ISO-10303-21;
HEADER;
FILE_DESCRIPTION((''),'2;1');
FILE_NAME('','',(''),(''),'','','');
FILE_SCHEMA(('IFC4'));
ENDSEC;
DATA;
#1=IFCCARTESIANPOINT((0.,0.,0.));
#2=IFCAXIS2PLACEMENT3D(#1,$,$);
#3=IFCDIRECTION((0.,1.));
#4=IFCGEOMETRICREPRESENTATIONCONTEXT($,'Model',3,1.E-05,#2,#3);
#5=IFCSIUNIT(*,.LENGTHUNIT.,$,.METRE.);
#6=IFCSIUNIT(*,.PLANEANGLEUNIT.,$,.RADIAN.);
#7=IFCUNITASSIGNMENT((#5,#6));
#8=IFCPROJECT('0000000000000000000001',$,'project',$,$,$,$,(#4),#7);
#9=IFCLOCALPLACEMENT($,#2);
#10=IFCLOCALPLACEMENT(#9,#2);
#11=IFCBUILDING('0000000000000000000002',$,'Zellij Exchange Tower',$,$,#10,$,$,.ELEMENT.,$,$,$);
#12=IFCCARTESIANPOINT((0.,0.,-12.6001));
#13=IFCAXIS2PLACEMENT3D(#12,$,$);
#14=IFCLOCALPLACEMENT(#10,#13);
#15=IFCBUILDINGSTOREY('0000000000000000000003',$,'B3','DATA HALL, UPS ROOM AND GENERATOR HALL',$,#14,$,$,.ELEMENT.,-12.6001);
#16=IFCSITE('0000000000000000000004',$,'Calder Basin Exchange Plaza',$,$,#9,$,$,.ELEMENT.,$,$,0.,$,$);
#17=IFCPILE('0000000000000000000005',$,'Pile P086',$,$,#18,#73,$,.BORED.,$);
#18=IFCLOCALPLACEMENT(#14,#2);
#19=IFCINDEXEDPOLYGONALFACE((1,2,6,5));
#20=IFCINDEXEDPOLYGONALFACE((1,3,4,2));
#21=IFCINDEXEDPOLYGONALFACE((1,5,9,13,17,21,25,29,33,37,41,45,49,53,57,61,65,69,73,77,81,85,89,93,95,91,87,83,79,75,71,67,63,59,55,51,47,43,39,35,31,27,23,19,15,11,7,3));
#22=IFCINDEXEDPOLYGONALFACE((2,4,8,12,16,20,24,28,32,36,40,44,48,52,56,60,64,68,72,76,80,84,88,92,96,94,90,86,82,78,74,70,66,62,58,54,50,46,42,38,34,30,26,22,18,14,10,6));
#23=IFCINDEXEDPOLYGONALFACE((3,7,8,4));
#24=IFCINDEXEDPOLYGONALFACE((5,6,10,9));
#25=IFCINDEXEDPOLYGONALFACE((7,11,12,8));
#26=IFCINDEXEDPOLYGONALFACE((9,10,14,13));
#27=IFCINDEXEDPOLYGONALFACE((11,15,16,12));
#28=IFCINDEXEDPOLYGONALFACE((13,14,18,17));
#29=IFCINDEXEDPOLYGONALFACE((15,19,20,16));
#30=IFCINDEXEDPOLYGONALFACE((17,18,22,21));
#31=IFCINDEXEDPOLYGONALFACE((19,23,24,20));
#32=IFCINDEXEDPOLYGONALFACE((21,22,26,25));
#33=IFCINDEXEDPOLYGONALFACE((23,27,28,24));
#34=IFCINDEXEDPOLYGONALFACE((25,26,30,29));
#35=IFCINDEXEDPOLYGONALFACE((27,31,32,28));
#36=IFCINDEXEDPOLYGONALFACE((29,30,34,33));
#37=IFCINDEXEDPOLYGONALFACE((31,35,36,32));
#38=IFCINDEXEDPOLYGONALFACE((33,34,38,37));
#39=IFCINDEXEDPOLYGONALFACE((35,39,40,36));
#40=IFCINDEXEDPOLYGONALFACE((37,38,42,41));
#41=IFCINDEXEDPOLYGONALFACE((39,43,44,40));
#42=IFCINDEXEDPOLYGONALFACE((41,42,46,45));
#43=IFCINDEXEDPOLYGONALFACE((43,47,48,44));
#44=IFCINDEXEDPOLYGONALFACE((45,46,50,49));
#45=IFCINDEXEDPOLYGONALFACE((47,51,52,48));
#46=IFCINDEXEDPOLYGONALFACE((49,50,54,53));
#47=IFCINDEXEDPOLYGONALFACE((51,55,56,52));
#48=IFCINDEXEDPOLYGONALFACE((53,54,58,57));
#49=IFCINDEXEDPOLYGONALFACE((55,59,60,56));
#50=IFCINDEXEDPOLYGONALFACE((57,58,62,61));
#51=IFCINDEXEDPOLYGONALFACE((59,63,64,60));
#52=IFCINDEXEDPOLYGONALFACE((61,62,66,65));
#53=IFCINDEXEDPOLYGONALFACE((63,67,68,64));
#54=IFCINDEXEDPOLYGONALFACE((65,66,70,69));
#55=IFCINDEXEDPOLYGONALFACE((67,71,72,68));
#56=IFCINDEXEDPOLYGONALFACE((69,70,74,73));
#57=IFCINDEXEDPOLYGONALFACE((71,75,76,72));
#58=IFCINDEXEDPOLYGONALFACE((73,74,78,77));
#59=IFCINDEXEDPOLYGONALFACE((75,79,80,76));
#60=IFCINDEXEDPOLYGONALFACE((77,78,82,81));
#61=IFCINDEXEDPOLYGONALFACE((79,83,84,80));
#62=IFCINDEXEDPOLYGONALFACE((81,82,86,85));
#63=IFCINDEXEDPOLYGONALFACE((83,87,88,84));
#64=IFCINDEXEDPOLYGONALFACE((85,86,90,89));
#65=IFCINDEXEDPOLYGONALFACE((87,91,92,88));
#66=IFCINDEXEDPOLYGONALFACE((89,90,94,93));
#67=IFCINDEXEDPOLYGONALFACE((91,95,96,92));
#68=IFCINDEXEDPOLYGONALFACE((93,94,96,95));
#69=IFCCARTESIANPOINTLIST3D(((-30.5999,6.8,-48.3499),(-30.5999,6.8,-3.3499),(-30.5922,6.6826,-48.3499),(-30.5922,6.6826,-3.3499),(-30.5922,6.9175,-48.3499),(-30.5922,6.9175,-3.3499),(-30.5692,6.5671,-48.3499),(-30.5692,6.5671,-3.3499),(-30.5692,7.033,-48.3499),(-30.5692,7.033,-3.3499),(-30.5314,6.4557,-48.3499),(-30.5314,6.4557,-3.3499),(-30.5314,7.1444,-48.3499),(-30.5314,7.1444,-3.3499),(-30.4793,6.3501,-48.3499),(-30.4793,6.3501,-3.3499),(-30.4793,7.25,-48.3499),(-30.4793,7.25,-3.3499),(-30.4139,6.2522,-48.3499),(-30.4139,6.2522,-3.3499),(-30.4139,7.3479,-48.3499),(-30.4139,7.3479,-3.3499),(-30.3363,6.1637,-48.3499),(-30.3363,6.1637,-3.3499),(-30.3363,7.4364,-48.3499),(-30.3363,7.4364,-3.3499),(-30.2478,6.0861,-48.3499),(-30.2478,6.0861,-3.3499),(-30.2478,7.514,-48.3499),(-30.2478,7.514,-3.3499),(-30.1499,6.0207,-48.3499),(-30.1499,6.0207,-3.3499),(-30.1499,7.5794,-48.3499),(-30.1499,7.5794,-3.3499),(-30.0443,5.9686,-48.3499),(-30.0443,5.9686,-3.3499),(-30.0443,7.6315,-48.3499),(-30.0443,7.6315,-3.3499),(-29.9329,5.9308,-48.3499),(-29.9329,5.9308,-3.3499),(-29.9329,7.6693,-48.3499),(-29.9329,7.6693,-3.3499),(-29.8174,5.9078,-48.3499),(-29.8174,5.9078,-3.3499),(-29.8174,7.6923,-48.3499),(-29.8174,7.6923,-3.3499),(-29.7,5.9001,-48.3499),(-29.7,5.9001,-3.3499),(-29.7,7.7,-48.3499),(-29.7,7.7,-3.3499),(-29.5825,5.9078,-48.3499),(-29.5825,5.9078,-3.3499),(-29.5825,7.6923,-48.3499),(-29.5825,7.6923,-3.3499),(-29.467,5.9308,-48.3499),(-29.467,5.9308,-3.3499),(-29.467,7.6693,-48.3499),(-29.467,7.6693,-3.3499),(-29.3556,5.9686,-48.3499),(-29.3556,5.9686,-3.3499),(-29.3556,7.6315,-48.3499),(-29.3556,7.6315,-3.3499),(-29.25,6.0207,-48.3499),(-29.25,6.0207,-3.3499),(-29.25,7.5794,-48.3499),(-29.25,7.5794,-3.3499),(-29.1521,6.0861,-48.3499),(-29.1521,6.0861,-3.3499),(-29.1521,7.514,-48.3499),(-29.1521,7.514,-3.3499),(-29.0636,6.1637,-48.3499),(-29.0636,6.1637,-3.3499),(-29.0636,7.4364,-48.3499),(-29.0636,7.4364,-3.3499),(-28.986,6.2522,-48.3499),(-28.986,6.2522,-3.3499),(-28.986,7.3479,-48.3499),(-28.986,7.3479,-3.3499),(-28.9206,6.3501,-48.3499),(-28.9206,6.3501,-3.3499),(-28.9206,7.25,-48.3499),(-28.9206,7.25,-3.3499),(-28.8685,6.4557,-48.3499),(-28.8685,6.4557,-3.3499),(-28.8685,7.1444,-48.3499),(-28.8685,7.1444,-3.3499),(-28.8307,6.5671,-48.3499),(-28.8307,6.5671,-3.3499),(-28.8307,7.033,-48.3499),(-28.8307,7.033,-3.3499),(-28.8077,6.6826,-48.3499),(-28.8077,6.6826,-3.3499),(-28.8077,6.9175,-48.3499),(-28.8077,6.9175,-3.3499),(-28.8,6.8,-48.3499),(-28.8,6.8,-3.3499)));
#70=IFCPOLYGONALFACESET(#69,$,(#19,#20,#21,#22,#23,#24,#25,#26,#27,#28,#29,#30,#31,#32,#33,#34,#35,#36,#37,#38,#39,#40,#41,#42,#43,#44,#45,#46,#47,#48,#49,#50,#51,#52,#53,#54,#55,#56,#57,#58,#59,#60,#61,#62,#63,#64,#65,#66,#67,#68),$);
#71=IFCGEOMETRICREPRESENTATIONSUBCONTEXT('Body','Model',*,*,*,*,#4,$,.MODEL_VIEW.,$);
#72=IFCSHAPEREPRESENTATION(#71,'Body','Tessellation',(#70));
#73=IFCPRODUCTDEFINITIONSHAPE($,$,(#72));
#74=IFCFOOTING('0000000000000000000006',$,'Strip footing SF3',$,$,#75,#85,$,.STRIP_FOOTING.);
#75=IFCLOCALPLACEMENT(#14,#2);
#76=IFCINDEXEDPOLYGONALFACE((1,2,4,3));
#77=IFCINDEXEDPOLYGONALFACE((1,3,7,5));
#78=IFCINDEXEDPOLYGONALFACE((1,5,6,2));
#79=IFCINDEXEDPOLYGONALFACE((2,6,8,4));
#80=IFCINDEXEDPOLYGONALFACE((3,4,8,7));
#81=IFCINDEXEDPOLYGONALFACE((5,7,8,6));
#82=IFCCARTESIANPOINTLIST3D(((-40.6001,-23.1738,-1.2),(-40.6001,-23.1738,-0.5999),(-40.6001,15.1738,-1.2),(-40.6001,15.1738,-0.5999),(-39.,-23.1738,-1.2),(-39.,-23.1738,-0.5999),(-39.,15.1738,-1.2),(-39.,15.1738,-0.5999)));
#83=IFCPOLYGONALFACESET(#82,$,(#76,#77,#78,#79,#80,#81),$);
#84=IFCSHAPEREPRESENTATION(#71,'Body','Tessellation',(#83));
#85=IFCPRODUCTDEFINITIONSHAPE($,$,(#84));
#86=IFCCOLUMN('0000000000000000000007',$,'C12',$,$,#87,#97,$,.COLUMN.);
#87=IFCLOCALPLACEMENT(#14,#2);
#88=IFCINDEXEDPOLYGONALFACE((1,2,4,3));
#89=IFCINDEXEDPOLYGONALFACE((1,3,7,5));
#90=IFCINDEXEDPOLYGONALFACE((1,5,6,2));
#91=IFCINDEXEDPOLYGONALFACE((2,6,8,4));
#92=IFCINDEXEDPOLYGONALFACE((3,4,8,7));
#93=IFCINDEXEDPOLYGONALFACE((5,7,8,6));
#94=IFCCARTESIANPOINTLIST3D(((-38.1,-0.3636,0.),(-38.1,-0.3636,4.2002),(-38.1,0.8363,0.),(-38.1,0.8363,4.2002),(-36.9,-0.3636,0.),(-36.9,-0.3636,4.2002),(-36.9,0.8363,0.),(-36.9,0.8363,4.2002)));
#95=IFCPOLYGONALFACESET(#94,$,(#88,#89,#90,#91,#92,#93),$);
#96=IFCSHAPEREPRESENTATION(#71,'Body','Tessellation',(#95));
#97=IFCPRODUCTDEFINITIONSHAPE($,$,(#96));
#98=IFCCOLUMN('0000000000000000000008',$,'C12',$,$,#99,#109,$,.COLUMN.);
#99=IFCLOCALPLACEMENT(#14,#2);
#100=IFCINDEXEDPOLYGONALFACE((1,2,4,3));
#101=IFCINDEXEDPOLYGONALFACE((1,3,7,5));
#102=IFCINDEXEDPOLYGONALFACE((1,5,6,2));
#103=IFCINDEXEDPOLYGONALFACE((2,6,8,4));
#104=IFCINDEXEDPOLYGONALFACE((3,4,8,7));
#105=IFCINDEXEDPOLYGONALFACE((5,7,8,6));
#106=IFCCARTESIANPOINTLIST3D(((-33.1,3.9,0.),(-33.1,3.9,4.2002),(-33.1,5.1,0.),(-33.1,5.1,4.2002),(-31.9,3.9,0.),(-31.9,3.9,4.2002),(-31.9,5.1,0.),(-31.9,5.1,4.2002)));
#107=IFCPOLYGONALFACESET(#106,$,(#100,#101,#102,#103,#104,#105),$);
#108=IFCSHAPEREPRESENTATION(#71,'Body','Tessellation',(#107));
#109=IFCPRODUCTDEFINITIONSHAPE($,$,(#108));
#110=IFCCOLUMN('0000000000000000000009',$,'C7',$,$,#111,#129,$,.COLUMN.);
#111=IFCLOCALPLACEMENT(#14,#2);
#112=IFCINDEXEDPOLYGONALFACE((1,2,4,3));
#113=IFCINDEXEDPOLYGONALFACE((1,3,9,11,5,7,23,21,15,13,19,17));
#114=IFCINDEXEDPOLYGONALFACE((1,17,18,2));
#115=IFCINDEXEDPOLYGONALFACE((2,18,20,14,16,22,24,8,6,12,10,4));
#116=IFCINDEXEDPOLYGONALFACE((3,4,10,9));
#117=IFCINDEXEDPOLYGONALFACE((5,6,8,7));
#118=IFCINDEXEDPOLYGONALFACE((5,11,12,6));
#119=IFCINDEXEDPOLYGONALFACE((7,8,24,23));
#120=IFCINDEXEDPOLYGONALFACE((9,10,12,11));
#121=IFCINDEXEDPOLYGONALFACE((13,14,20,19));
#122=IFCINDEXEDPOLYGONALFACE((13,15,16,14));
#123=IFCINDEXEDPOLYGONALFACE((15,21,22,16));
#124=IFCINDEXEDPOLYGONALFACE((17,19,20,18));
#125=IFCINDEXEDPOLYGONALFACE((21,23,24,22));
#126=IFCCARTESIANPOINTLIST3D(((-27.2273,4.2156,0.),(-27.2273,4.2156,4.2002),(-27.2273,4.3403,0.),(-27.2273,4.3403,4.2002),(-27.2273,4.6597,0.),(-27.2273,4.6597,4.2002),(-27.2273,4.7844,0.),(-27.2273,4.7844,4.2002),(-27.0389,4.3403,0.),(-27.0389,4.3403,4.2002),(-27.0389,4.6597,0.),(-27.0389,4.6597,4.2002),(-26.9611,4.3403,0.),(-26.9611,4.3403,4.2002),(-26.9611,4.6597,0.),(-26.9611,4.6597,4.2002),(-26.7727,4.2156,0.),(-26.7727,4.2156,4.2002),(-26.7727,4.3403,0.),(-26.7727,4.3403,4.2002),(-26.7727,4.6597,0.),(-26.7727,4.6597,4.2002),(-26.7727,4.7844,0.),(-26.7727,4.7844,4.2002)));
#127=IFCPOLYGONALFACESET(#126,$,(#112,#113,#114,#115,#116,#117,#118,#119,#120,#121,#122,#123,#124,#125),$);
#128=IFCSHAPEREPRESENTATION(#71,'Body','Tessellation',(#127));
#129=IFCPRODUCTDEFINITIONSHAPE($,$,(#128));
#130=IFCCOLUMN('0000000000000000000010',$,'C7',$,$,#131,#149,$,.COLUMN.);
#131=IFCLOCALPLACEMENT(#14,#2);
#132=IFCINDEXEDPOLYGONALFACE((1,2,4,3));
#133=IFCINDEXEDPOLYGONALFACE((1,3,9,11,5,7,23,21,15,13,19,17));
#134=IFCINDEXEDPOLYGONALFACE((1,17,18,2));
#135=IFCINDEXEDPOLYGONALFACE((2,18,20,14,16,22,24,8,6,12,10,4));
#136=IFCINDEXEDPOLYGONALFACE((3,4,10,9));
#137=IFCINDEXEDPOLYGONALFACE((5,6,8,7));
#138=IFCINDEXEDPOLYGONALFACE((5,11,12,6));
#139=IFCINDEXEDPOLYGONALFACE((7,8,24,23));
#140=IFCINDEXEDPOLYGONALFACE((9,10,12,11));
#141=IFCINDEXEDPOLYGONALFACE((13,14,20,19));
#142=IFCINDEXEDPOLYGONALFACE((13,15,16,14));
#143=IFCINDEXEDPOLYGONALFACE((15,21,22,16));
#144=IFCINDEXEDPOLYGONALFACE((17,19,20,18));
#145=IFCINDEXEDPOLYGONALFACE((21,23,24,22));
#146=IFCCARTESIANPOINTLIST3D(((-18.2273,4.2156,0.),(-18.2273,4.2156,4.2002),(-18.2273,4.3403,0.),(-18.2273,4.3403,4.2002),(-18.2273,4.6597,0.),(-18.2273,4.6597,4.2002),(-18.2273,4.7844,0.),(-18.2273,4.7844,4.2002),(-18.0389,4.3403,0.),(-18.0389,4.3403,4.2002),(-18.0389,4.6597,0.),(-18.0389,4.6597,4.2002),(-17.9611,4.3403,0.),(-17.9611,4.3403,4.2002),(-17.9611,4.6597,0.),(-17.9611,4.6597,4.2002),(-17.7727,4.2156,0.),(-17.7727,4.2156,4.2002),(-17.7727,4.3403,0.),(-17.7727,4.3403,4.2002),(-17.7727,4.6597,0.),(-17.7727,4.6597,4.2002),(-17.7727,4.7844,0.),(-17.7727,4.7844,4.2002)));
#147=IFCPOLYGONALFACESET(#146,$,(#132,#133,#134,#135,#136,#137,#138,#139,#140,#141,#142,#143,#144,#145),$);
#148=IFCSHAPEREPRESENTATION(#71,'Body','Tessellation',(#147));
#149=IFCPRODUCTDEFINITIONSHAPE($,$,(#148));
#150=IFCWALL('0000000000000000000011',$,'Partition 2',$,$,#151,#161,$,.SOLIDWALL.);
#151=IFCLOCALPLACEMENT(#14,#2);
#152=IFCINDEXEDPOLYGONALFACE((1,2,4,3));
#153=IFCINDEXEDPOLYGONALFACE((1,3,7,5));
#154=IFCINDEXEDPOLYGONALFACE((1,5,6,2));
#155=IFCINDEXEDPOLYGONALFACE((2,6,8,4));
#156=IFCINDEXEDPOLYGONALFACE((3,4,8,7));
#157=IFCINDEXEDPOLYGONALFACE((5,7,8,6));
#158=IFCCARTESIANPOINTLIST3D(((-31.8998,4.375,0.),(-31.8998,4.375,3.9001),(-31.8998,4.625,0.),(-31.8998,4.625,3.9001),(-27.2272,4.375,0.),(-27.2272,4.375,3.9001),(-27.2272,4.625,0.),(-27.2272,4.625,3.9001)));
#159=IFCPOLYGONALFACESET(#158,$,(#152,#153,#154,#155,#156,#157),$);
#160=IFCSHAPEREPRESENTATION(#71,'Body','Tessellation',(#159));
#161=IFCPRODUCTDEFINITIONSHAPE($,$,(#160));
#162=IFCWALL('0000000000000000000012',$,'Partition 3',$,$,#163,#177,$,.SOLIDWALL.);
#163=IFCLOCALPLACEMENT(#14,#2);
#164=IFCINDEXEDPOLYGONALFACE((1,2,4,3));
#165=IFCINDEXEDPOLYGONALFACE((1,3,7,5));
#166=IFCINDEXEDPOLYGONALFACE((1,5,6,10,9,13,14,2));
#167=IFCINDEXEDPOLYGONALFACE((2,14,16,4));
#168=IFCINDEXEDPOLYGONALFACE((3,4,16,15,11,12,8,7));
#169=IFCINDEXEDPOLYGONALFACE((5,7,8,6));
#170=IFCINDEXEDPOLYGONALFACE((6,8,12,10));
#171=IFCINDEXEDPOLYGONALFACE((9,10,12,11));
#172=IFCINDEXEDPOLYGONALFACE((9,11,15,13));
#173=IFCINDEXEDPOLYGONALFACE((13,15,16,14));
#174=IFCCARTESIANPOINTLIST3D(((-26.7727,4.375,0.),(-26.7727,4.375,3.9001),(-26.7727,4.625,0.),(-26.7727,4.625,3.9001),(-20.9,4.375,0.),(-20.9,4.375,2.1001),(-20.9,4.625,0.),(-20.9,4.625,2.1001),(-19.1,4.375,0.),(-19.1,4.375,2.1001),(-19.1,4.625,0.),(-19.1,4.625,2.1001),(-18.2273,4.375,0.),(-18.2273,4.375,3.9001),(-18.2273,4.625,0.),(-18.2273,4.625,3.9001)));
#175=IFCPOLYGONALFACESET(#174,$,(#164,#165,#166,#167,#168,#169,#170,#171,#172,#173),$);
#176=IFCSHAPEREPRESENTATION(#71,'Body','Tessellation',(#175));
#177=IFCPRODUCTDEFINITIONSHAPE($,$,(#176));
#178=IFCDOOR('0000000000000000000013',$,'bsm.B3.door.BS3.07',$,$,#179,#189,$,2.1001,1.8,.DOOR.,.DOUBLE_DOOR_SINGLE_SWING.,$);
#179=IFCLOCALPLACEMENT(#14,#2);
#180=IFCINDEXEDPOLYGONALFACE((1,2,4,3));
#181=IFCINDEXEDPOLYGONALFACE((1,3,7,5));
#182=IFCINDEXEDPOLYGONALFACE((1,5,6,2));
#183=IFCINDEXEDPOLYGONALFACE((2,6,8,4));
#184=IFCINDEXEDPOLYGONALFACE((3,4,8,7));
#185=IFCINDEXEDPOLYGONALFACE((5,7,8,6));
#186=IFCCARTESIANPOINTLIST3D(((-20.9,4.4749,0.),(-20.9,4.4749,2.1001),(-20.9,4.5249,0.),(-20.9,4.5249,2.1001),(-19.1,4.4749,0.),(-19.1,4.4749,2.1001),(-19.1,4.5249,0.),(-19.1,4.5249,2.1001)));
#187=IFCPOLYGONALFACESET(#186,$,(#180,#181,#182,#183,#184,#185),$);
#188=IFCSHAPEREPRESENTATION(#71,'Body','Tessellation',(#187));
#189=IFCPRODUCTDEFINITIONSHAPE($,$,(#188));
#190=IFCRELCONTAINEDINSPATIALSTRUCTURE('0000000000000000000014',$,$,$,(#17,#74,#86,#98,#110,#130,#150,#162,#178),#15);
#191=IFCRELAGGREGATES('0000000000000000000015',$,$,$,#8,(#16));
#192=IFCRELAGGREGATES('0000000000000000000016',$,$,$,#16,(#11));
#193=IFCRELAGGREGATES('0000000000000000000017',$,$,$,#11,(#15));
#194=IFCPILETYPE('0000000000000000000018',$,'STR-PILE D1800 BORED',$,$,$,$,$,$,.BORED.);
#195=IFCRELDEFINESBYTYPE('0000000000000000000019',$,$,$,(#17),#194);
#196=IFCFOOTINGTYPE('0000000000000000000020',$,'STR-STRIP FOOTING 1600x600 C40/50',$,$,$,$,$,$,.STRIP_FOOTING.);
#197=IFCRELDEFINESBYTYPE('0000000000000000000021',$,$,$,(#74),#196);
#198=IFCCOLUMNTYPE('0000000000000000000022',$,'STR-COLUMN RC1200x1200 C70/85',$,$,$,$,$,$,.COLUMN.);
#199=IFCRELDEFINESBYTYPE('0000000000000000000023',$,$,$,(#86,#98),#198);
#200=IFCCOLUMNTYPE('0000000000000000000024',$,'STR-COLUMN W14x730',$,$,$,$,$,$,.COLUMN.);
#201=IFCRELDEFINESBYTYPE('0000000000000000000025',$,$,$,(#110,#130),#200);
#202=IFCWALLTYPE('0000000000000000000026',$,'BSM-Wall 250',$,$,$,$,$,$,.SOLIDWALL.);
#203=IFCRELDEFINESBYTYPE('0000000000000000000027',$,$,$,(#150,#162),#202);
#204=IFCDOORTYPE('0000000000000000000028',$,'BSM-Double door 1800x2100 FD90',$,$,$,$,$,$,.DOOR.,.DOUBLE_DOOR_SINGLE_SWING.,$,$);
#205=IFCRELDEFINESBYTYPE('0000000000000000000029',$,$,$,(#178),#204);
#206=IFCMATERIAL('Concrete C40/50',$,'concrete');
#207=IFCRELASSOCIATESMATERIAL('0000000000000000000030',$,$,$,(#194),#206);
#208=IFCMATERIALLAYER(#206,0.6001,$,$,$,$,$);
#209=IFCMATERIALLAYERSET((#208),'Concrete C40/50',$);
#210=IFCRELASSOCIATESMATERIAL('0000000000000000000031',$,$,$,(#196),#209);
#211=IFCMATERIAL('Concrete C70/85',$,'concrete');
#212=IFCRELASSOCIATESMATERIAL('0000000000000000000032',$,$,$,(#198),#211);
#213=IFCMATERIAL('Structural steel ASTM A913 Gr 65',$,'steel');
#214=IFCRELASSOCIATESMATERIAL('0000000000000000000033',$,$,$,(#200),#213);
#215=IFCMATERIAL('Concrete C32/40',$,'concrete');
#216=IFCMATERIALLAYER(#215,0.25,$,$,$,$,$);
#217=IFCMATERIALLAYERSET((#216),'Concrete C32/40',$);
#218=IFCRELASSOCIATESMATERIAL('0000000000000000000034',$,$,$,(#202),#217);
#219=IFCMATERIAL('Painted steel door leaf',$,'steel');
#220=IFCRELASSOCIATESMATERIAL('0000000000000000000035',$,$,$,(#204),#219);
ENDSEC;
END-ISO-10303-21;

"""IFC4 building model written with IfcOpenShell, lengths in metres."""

from ifc_helpers import new_model, si_unit, direction, frame, frame_2d, origin, origin_2d, place, context, subcontext, project, spatial, rectangle, circle, i_section, extrude, material, layer, layer_set, material_profile, profile_set, type_object, element, fill, save


model = new_model("IFC4")

# Units and contexts
model_context = context("Model", 3, precision=1e-05, world=origin(), true_north=direction((0.0, 1.0)))
body_context = subcontext(model_context, "Body", "Model", "MODEL_VIEW")
ifc_project = project(units=[si_unit("LENGTHUNIT", "METRE"), si_unit("PLANEANGLEUNIT", "RADIAN")], contexts=[model_context])

# Site, building, storey
site_placement = place(None, origin())
site = spatial("IfcSite", under=ifc_project, at=site_placement, Name="Calder Basin Exchange Plaza", CompositionType="ELEMENT", RefElevation=0.0)
building_placement = place(site_placement, origin())
building = spatial("IfcBuilding", under=site, at=building_placement, Name="Zellij Exchange Tower", CompositionType="ELEMENT")
storey_placement = place(building_placement, frame((0.0, 0.0, -12.6001)))
storey = spatial("IfcBuildingStorey", under=building, at=storey_placement, Name="B3", Description="DATA HALL, UPS ROOM AND GENERATOR HALL", CompositionType="ELEMENT", Elevation=-12.6001)

# Pile
ifc_material_1 = material(Name="Concrete C40/50", Category="concrete")
ifc_material_profile_1 = material_profile(ifc_material_1, circle(Radius=0.8999, at=origin_2d()), Name="STR-PILE D1800 BORED")
ifc_profile_set_1 = profile_set([ifc_material_profile_1], Name="Concrete C40/50")
pile_type = type_object("IfcPileType", Name="STR-PILE D1800 BORED", PredefinedType="BORED", material=ifc_profile_set_1)
pile_1_placement = place(storey_placement, frame((-29.7, 6.8, -3.3499), z_axis=(0.0, 0.0, -1.0), x_axis=(1.0, 0.0, 0.0)))
element("IfcPile", 1, at=pile_1_placement, inside=storey, type_object=pile_type, Name="Pile P086", PredefinedType="BORED", context=body_context, shape_type="SweptSolid", body=[
    extrude(circle(Radius=0.8999, at=origin_2d()), origin(), (0.0, 0.0, 1.0), 45.0),
])

# Footing
ifc_layer_1 = layer(ifc_material_1, 0.6001)
ifc_layer_set_1 = layer_set([ifc_layer_1], Name="Concrete C40/50")
footing_type = type_object("IfcFootingType", Name="STR-STRIP FOOTING 1600x600 C40/50", PredefinedType="STRIP_FOOTING", material=ifc_layer_set_1)
footing_placement = place(storey_placement, frame((-39.8, -4.0, -1.2), z_axis=(0.0, 0.0, 1.0), x_axis=(0.0, 1.0, 0.0)))
element("IfcFooting", 2, at=footing_placement, inside=storey, type_object=footing_type, Name="Strip footing SF3", PredefinedType="STRIP_FOOTING", context=body_context, shape_type="SweptSolid", body=[
    extrude(rectangle(XDim=38.3477, YDim=1.6001, at=origin_2d()), origin(), (0.0, 0.0, 1.0), 0.6001),
])

# Columns
ifc_material_2 = material(Name="Concrete C70/85", Category="concrete")
ifc_material_profile_2 = material_profile(ifc_material_2, rectangle(XDim=1.2, YDim=1.2, at=origin_2d()), Name="STR-COLUMN RC1200x1200 C70/85")
ifc_profile_set_2 = profile_set([ifc_material_profile_2], Name="Concrete C70/85")
column_type_1 = type_object("IfcColumnType", Name="STR-COLUMN RC1200x1200 C70/85", PredefinedType="COLUMN", material=ifc_profile_set_2)
for number, where, z_axis, x_axis, name in (
    (3, (-37.5, 0.2363, 0.0), (0.0, 0.0, 1.0), (1.0, 0.0, 0.0), "C12"),
    (4, (-32.5, 4.5, 0.0), (0.0, 0.0, 1.0), (1.0, 0.0, 0.0), "C12"),
):
    element("IfcColumn", number, at=place(storey_placement, frame(where, z_axis=z_axis, x_axis=x_axis)), inside=storey, type_object=column_type_1, Name=name, PredefinedType="COLUMN", context=body_context, shape_type="SweptSolid", body=[
        extrude(rectangle(XDim=1.2, YDim=1.2, at=origin_2d()), origin(), (0.0, 0.0, 1.0), 4.2002),
    ])
ifc_material_3 = material(Name="Structural steel ASTM A913 Gr 65", Category="steel")
ifc_material_profile_3 = material_profile(ifc_material_3, i_section(OverallWidth=0.4546, OverallDepth=0.5688, WebThickness=0.0779, FlangeThickness=0.1248, at=origin_2d()), Name="W14x730")
ifc_profile_set_3 = profile_set([ifc_material_profile_3], Name="Structural steel ASTM A913 Gr 65")
column_type_2 = type_object("IfcColumnType", Name="STR-COLUMN W14x730", PredefinedType="COLUMN", material=ifc_profile_set_3)
for number, where, z_axis, x_axis, name in (
    (5, (-27.0, 4.5, 0.0), (0.0, 0.0, 1.0), (1.0, 0.0, 0.0), "C7"),
    (6, (-18.0, 4.5, 0.0), (0.0, 0.0, 1.0), (1.0, 0.0, 0.0), "C7"),
):
    element("IfcColumn", number, at=place(storey_placement, frame(where, z_axis=z_axis, x_axis=x_axis)), inside=storey, type_object=column_type_2, Name=name, PredefinedType="COLUMN", context=body_context, shape_type="SweptSolid", body=[
        extrude(i_section(OverallWidth=0.4546, OverallDepth=0.5688, WebThickness=0.0779, FlangeThickness=0.1248, at=origin_2d()), origin(), (0.0, 0.0, 1.0), 4.2002),
    ])

# Wall
ifc_material_4 = material(Name="Concrete C32/40", Category="concrete")
ifc_layer_2 = layer(ifc_material_4, 0.25)
ifc_layer_set_2 = layer_set([ifc_layer_2], Name="Concrete C32/40")
wall_type_1 = type_object("IfcWallType", Name="BSM-Wall 250", PredefinedType="SOLIDWALL", material=ifc_layer_set_2)
wall_1_placement = place(storey_placement, frame((-31.8999, 4.5, 0.0), z_axis=(0.0, 0.0, 1.0), x_axis=(1.0, 0.0, 0.0)))
element("IfcWall", 7, at=wall_1_placement, inside=storey, type_object=wall_type_1, Name="Partition 2", PredefinedType="SOLIDWALL", context=body_context, shape_type="SweptSolid", body=[
    extrude(rectangle(XDim=4.6726, YDim=0.25, at=frame_2d((2.3364, 0.0))), origin(), (0.0, 0.0, 1.0), 3.9001),
])

# Wall, opening, door
wall_2_placement = place(storey_placement, frame((-26.7727, 4.5, 0.0), z_axis=(0.0, 0.0, 1.0), x_axis=(1.0, 0.0, 0.0)))
wall_2 = element("IfcWall", 8, at=wall_2_placement, inside=storey, type_object=wall_type_1, Name="Partition 3", PredefinedType="SOLIDWALL", context=body_context, shape_type="SweptSolid", body=[
    extrude(rectangle(XDim=8.5454, YDim=0.25, at=frame_2d((4.2727, 0.0))), origin(), (0.0, 0.0, 1.0), 3.9001),
])
opening_1_placement = place(wall_2_placement, frame((5.8728, 0.0, 0.0)))
opening_1 = element("IfcOpeningElement", 9, at=opening_1_placement, cuts=wall_2, PredefinedType="OPENING", context=body_context, shape_type="SweptSolid", body=[
    extrude(rectangle(XDim=1.8, YDim=2.1001, at=frame_2d((0.8999, 1.05))), frame((0.0, 0.137, 0.0), z_axis=(0.0, -1.0, 0.0), x_axis=(1.0, 0.0, 0.0)), (0.0, 0.0, 1.0), 0.2739),
])
ifc_material_5 = material(Name="Painted steel door leaf", Category="steel")
door_type_1 = type_object("IfcDoorType", Name="BSM-Double door 1800x2100 FD90", OperationType="DOUBLE_DOOR_SINGLE_SWING", PredefinedType="DOOR", material=ifc_material_5)
door_1_placement = place(opening_1_placement, origin())
door_1 = element("IfcDoor", 10, at=door_1_placement, inside=storey, type_object=door_type_1, Name="bsm.B3.door.BS3.07", OperationType="DOUBLE_DOOR_SINGLE_SWING", OverallHeight=2.1001, OverallWidth=1.8, PredefinedType="DOOR", context=body_context, shape_type="SweptSolid", body=[
    extrude(rectangle(XDim=1.8, YDim=2.1001, at=frame_2d((0.8999, 1.05))), frame((0.0, 0.0249, 0.0), z_axis=(0.0, -1.0, 0.0), x_axis=(1.0, 0.0, 0.0)), (0.0, 0.0, 1.0), 0.05),
])
fill(opening_1, door_1)

save(model, "model.ifc")
